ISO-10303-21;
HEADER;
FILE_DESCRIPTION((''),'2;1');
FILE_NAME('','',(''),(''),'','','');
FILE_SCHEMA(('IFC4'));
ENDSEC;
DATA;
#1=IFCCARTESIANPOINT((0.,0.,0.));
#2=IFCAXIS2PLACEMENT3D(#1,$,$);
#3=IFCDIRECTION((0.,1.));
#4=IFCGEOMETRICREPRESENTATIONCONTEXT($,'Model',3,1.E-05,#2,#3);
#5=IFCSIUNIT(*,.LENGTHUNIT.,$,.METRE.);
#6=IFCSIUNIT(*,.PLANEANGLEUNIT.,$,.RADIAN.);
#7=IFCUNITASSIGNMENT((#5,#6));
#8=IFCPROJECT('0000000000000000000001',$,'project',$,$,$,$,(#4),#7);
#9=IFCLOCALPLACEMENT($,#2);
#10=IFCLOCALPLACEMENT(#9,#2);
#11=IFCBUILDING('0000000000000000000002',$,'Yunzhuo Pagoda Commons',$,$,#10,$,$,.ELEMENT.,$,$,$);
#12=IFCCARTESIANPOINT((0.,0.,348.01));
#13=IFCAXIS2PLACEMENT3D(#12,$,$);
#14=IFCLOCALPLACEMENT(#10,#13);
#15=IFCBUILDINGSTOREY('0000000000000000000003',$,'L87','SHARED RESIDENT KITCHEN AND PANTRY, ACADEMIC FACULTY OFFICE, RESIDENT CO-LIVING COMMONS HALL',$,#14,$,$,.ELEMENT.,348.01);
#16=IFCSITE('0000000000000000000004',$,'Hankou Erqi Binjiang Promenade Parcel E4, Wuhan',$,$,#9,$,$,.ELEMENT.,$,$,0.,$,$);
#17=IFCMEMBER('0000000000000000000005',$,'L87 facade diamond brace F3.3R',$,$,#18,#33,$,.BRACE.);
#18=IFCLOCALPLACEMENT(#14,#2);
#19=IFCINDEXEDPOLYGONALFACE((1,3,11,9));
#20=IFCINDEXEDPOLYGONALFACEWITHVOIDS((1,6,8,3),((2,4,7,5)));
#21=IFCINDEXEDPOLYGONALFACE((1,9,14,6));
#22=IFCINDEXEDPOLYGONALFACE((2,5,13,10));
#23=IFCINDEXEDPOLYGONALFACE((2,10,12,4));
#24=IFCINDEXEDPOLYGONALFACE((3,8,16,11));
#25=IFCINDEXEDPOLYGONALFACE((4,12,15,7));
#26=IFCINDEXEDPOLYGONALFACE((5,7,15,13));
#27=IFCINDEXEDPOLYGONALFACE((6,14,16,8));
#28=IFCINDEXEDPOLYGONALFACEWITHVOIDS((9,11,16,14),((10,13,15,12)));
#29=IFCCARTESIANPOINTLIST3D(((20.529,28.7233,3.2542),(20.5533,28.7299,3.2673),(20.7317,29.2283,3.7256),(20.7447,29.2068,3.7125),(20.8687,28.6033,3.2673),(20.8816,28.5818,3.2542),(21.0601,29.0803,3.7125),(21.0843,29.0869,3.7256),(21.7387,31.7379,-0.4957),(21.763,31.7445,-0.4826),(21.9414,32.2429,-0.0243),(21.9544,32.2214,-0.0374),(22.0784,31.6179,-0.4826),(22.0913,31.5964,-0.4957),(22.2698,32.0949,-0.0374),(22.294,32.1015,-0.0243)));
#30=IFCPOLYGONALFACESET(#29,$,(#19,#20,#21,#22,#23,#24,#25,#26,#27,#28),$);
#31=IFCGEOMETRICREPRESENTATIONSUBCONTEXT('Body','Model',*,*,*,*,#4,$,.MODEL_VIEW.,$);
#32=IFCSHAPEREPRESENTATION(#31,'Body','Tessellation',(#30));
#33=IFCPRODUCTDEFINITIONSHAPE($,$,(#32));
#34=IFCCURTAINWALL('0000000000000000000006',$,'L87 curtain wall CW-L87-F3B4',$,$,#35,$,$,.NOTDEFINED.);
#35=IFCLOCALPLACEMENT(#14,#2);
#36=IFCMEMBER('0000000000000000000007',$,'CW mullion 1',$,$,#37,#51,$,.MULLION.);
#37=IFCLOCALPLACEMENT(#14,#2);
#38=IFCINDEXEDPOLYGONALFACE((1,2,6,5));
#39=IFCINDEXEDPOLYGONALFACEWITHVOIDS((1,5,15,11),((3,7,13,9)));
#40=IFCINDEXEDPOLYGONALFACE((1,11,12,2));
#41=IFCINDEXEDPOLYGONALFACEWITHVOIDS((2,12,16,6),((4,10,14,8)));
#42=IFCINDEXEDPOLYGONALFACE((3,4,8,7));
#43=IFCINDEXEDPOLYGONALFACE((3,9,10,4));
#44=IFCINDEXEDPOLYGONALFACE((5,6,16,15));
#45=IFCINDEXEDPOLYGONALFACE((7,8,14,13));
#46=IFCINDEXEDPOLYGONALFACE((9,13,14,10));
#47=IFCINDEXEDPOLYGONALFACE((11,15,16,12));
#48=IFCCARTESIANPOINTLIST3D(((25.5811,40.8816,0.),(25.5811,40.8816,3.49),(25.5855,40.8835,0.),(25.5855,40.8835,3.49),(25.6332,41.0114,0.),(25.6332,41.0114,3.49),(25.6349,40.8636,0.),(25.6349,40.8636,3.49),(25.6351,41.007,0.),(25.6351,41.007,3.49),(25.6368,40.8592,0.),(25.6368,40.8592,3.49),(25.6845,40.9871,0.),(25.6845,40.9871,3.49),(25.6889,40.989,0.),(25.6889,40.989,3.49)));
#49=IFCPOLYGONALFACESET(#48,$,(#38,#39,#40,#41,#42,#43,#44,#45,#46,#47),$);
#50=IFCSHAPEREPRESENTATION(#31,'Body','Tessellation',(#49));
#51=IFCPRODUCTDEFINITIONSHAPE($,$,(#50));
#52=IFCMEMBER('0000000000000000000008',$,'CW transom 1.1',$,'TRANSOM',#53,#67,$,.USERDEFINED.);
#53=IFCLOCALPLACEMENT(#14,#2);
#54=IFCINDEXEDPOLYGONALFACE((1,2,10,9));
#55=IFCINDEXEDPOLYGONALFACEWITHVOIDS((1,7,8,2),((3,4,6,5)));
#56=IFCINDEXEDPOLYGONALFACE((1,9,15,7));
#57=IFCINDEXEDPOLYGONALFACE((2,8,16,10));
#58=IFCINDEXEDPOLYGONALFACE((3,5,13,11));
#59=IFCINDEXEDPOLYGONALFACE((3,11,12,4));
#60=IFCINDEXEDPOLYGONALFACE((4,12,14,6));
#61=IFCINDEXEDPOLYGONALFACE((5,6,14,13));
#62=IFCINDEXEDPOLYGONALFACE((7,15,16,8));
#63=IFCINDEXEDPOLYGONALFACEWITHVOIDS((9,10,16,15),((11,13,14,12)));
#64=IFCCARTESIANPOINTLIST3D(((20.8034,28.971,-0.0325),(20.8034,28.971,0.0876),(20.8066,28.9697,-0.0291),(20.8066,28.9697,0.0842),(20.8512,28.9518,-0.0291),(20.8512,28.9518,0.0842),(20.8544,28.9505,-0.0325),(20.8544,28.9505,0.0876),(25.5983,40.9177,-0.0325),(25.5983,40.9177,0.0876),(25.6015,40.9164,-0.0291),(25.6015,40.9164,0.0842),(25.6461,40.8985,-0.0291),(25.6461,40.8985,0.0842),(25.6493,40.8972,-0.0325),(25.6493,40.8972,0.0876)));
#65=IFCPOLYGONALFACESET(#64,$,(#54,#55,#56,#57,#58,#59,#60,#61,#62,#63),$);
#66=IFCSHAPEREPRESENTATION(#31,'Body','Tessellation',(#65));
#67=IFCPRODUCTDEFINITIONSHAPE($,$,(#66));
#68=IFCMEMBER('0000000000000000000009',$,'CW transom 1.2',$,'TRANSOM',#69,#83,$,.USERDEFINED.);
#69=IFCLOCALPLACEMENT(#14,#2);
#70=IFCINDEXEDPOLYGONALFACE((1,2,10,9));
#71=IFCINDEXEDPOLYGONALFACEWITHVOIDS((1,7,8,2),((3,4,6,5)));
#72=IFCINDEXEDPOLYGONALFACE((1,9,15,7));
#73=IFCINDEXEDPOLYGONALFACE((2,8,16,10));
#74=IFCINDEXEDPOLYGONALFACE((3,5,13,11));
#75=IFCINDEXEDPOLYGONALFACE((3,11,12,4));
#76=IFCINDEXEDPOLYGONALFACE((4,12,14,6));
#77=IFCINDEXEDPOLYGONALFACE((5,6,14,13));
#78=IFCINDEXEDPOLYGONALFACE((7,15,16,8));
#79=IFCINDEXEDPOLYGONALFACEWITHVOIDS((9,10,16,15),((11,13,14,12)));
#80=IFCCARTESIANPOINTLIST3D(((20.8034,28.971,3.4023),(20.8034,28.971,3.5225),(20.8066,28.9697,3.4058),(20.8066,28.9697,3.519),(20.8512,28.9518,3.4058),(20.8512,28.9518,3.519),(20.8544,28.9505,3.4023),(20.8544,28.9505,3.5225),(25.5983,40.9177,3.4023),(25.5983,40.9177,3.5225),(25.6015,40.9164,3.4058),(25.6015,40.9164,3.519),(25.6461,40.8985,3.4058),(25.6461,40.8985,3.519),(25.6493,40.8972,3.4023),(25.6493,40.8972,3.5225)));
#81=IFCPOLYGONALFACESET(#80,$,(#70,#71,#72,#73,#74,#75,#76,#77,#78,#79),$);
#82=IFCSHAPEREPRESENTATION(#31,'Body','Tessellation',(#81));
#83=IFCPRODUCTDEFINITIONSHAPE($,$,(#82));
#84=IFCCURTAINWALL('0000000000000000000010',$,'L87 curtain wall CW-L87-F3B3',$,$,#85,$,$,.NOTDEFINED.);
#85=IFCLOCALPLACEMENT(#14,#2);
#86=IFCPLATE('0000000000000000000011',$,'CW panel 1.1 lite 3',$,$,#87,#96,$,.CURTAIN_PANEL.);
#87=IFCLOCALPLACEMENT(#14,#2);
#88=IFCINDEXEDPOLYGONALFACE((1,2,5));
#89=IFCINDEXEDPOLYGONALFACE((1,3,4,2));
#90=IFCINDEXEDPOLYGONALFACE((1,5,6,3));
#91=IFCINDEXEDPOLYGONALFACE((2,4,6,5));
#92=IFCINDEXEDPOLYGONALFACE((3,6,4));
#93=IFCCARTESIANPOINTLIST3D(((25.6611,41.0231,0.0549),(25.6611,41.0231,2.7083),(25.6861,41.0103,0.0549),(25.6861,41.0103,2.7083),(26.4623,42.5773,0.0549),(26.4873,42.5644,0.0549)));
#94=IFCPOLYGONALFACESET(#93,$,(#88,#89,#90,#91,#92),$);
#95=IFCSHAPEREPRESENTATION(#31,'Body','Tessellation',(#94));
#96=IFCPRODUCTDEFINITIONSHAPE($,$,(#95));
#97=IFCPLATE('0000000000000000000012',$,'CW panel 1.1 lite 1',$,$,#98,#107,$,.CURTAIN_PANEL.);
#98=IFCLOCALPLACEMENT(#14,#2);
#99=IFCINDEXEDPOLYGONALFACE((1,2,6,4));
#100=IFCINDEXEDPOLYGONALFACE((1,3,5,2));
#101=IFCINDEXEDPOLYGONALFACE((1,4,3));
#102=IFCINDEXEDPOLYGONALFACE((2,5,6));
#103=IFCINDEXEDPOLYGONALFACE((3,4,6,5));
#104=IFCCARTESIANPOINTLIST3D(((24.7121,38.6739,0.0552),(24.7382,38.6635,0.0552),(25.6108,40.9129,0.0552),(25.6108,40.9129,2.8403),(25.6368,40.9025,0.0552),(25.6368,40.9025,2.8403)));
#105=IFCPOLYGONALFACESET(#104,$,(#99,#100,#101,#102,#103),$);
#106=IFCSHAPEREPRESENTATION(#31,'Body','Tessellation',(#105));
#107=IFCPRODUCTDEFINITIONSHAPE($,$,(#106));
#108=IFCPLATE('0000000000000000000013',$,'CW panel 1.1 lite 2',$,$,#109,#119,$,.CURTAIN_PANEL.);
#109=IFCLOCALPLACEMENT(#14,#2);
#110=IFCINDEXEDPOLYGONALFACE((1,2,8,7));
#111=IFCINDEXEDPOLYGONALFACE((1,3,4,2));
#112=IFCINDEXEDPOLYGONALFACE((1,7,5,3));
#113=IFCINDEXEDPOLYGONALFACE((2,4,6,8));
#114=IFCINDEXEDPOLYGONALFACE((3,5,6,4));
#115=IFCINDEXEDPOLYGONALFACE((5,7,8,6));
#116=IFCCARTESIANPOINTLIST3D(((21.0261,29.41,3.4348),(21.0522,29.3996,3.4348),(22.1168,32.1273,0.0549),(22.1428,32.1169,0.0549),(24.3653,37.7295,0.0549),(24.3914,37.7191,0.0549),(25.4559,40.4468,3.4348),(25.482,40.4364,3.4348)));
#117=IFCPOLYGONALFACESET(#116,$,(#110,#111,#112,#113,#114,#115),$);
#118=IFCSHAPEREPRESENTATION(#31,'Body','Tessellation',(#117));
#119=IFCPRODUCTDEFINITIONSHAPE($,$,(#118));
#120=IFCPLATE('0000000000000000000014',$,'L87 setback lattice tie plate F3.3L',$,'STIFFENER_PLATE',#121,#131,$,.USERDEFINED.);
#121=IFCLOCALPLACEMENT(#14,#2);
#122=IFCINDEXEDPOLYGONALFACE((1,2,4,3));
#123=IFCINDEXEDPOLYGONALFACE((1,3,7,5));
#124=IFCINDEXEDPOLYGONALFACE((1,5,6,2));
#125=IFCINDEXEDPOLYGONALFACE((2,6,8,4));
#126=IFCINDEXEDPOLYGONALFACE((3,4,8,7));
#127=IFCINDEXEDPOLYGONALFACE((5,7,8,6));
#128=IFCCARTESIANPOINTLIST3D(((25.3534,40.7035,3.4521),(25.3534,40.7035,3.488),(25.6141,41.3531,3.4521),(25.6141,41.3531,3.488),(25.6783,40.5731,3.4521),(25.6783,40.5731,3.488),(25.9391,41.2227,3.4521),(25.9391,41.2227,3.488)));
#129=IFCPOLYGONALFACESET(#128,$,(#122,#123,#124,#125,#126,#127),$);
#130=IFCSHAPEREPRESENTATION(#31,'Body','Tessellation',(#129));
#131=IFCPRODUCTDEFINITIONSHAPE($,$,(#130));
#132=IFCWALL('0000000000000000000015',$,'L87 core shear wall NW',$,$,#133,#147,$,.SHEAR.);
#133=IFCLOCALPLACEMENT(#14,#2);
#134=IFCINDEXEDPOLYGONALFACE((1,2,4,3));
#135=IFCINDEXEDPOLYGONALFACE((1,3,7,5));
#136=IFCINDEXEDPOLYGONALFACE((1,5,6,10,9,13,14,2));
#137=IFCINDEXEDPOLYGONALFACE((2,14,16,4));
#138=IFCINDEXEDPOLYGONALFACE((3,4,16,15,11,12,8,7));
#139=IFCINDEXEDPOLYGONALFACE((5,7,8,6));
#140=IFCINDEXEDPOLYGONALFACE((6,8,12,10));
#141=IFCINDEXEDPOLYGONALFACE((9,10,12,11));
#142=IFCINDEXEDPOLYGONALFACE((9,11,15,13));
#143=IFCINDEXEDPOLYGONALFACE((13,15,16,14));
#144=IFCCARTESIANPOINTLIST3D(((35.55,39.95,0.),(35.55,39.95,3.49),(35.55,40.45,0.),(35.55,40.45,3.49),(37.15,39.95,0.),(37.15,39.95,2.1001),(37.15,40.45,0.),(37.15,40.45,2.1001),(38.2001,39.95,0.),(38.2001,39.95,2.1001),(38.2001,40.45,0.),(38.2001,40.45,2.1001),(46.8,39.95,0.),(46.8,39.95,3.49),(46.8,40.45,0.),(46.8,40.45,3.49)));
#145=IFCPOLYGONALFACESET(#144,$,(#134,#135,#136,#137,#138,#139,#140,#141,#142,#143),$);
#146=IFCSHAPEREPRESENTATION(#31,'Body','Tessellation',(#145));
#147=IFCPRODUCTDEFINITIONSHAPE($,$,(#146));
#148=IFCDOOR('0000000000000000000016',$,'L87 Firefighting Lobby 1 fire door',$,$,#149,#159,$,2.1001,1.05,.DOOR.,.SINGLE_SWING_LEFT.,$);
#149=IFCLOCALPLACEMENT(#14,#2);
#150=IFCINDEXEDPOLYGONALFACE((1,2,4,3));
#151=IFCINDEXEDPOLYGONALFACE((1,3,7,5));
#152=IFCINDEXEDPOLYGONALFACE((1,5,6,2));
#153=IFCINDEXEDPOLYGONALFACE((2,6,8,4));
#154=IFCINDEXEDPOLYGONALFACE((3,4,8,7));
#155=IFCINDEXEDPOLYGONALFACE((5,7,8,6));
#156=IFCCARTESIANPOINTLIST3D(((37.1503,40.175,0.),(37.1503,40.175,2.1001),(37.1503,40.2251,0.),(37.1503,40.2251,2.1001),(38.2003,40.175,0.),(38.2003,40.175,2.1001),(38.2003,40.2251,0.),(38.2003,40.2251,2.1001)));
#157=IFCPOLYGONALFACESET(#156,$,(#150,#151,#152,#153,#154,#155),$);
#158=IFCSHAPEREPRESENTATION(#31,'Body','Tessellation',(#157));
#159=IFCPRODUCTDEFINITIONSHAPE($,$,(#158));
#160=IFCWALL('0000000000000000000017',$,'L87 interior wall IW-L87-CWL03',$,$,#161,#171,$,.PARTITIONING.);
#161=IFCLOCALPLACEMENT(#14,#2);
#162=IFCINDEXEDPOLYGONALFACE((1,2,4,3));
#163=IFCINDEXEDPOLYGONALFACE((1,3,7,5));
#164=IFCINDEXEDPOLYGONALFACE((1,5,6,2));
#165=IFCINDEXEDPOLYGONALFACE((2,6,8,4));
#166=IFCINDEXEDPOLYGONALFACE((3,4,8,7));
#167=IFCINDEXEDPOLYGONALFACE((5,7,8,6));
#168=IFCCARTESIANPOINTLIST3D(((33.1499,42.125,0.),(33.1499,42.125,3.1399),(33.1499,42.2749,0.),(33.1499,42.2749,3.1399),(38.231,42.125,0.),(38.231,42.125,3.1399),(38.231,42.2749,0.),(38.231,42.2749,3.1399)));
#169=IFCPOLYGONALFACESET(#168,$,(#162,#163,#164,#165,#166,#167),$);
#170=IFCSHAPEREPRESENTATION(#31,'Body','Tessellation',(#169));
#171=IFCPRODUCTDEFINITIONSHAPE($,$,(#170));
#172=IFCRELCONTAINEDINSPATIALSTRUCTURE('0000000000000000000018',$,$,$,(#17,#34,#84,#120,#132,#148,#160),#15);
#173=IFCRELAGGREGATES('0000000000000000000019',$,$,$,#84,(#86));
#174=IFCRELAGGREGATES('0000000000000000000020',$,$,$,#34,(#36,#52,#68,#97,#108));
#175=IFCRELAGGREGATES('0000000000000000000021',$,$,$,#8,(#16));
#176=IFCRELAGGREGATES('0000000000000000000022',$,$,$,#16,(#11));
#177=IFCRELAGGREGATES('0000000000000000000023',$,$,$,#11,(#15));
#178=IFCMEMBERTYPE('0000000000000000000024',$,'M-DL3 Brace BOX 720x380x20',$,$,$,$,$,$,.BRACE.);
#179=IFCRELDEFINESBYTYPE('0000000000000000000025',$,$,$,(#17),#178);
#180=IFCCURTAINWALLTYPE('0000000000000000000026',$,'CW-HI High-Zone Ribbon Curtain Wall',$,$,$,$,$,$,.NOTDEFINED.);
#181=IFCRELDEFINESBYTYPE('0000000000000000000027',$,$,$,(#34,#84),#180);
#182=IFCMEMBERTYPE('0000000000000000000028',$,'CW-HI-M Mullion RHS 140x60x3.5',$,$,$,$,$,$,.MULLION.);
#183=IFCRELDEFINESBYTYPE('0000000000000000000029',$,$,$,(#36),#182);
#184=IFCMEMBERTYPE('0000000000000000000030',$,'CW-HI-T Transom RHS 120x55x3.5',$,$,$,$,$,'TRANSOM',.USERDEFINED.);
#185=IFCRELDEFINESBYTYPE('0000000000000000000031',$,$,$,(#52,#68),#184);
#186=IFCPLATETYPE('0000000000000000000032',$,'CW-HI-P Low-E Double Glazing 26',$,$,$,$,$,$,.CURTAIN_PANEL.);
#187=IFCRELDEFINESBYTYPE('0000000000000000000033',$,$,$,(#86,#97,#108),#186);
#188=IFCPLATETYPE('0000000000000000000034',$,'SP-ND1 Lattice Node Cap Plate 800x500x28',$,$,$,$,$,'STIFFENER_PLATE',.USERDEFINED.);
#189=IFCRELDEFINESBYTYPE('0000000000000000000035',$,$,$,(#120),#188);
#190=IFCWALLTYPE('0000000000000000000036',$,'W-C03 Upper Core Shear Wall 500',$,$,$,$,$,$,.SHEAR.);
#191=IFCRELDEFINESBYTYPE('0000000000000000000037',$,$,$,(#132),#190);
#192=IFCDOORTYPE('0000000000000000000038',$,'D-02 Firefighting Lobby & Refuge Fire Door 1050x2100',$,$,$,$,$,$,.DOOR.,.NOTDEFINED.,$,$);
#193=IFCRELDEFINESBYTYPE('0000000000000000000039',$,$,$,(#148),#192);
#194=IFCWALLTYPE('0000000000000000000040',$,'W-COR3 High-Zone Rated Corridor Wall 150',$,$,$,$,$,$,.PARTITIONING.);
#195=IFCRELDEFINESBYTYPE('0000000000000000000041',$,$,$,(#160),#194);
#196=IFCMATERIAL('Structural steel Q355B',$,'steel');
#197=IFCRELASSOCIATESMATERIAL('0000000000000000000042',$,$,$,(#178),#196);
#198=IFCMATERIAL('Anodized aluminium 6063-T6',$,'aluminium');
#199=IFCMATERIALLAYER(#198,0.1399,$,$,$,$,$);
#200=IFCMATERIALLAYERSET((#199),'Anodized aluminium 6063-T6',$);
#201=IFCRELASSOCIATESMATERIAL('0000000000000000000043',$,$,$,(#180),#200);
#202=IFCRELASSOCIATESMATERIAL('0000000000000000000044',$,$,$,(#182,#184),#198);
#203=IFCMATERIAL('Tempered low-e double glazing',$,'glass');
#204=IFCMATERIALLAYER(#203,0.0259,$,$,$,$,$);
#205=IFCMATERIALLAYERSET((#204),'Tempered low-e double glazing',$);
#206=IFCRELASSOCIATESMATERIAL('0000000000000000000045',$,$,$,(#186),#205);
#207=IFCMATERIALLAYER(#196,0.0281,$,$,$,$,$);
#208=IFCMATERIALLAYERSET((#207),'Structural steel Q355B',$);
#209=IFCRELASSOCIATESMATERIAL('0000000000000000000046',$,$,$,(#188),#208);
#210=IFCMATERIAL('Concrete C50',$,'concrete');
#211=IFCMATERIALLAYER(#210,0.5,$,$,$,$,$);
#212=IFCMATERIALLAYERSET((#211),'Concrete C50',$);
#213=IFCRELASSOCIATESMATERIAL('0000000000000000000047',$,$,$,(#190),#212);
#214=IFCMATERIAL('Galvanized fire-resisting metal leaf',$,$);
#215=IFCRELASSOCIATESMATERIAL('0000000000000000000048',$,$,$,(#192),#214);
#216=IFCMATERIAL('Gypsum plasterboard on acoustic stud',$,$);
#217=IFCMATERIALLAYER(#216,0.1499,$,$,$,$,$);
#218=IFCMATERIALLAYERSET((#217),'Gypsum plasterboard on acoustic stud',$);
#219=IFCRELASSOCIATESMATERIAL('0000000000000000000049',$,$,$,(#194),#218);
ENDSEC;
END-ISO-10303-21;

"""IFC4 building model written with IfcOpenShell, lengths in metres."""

from ifc_helpers import new_model, si_unit, direction, frame, frame_2d, origin, origin_2d, place, context, subcontext, project, spatial, polyline, rectangle, hollow_rectangle, outline, extrude, source, transform, mapped, material, layer, layer_set, material_profile, profile_set, type_object, element, fill, aggregate, save


model = new_model("IFC4")

# Units and contexts
model_context = context("Model", 3, precision=1e-05, world=origin(), true_north=direction((0.0, 1.0)))
body_context = subcontext(model_context, "Body", "Model", "MODEL_VIEW")
ifc_project = project(units=[si_unit("LENGTHUNIT", "METRE"), si_unit("PLANEANGLEUNIT", "RADIAN")], contexts=[model_context])

# Site, building, storey
site_placement = place(None, origin())
site = spatial("IfcSite", under=ifc_project, at=site_placement, Name="Hankou Erqi Binjiang Promenade Parcel E4, Wuhan", CompositionType="ELEMENT", RefElevation=0.0)
building_placement = place(site_placement, origin())
building = spatial("IfcBuilding", under=site, at=building_placement, Name="Yunzhuo Pagoda Commons", CompositionType="ELEMENT")
storey_placement = place(building_placement, frame((0.0, 0.0, 348.01)))
storey = spatial("IfcBuildingStorey", under=building, at=storey_placement, Name="L87", Description="SHARED RESIDENT KITCHEN AND PANTRY, ACADEMIC FACULTY OFFICE, RESIDENT CO-LIVING COMMONS HALL", CompositionType="ELEMENT", Elevation=348.01)

# Shared definitions
ifc_material_1 = material(Name="Structural steel Q355B", Category="steel")

# Member
ifc_material_profile_1 = material_profile(ifc_material_1, hollow_rectangle(XDim=0.3799, YDim=0.72, WallThickness=0.02, at=origin_2d()), Name="Structural steel Q355B")
ifc_profile_set_1 = profile_set([ifc_material_profile_1], Name="Structural steel Q355B")
member_type_1 = type_object("IfcMemberType", Name="M-DL3 Brace BOX 720x380x20", PredefinedType="BRACE", material=ifc_profile_set_1)
shared_shape_1 = source(origin(), body_context, "Body", "SweptSolid", [
    extrude(hollow_rectangle(XDim=0.3799, YDim=0.72, WallThickness=0.02, at=origin_2d()), origin(), (0.0, 0.0, 1.0), 4.9612),
])
member_1_placement = place(storey_placement, frame((22.0164, 31.9197, -0.26), z_axis=(-0.243833, -0.607639, 0.755858), x_axis=(0.928067, -0.372414, 0.0)))
element("IfcMember", 1, at=member_1_placement, inside=storey, type_object=member_type_1, Name="L87 facade diamond brace F3.3R", PredefinedType="BRACE", context=body_context, shape_type="MappedRepresentation", body=[
    mapped(shared_shape_1, transform((0.0, 0.0, 0.0), scale=1.0)),
])

# Curtain wall, members
ifc_material_2 = material(Name="Anodized aluminium 6063-T6", Category="aluminium")
ifc_layer_1 = layer(ifc_material_2, 0.1399)
ifc_layer_set_1 = layer_set([ifc_layer_1], Name="Anodized aluminium 6063-T6")
curtain_wall_type = type_object("IfcCurtainWallType", Name="CW-HI High-Zone Ribbon Curtain Wall", PredefinedType="NOTDEFINED", material=ifc_layer_set_1)
curtain_wall_1_placement = place(storey_placement, origin())
curtain_wall_1 = element("IfcCurtainWall", 2, at=curtain_wall_1_placement, inside=storey, type_object=curtain_wall_type, Name="L87 curtain wall CW-L87-F3B4", PredefinedType="NOTDEFINED")
ifc_material_profile_2 = material_profile(ifc_material_2, hollow_rectangle(XDim=0.0601, YDim=0.1399, WallThickness=0.0034, at=origin_2d()), Name="Anodized aluminium 6063-T6")
ifc_profile_set_2 = profile_set([ifc_material_profile_2], Name="Anodized aluminium 6063-T6")
member_type_2 = type_object("IfcMemberType", Name="CW-HI-M Mullion RHS 140x60x3.5", PredefinedType="MULLION", material=ifc_profile_set_2)
shared_shape_2 = source(origin(), body_context, "Body", "SweptSolid", [
    extrude(hollow_rectangle(XDim=0.0601, YDim=0.1399, WallThickness=0.0034, at=origin_2d()), origin(), (0.0, 0.0, 1.0), 3.49),
])
member_2_placement = place(storey_placement, frame((25.635, 40.9353, 0.0), z_axis=(0.0, 0.0, 1.0), x_axis=(0.928039, -0.372483, 0.0)))
member_2 = element("IfcMember", 3, at=member_2_placement, type_object=member_type_2, Name="CW mullion 1", PredefinedType="MULLION", context=body_context, shape_type="MappedRepresentation", body=[
    mapped(shared_shape_2, transform((0.0, 0.0, 0.0), scale=1.0)),
])
ifc_material_profile_3 = material_profile(ifc_material_2, hollow_rectangle(XDim=0.0549, YDim=0.1201, WallThickness=0.0034, at=origin_2d()), Name="Anodized aluminium 6063-T6")
ifc_profile_set_3 = profile_set([ifc_material_profile_3], Name="Anodized aluminium 6063-T6")
member_type_3 = type_object("IfcMemberType", Name="CW-HI-T Transom RHS 120x55x3.5", ElementType="TRANSOM", PredefinedType="USERDEFINED", material=ifc_profile_set_3)
shared_shape_3 = source(origin(), body_context, "Body", "SweptSolid", [
    extrude(hollow_rectangle(XDim=0.0549, YDim=0.1201, WallThickness=0.0034, at=origin_2d()), origin(), (0.0, 0.0, 1.0), 12.873),
])
member_3_placement = place(storey_placement, frame((25.6238, 40.9075, 0.0276), z_axis=(-0.372476, -0.928042, 0.0), x_axis=(0.928042, -0.372476, 0.0)))
member_3 = element("IfcMember", 4, at=member_3_placement, type_object=member_type_3, Name="CW transom 1.1", ObjectType="TRANSOM", PredefinedType="USERDEFINED", context=body_context, shape_type="MappedRepresentation", body=[
    mapped(shared_shape_3, transform((0.0, 0.0, 0.0), scale=1.0)),
])
member_4_placement = place(storey_placement, frame((25.6238, 40.9075, 3.4624), z_axis=(-0.372476, -0.928042, 0.0), x_axis=(0.928042, -0.372476, 0.0)))
member_4 = element("IfcMember", 5, at=member_4_placement, type_object=member_type_3, Name="CW transom 1.2", ObjectType="TRANSOM", PredefinedType="USERDEFINED", context=body_context, shape_type="MappedRepresentation", body=[
    mapped(shared_shape_3, transform((0.0, 0.0, 0.0), scale=1.0)),
])

# Curtain wall, plate
curtain_wall_2_placement = place(storey_placement, origin())
curtain_wall_2 = element("IfcCurtainWall", 6, at=curtain_wall_2_placement, inside=storey, type_object=curtain_wall_type, Name="L87 curtain wall CW-L87-F3B3", PredefinedType="NOTDEFINED")
ifc_material_3 = material(Name="Tempered low-e double glazing", Category="glass")
ifc_layer_2 = layer(ifc_material_3, 0.0259)
ifc_layer_set_2 = layer_set([ifc_layer_2], Name="Tempered low-e double glazing")
plate_type_1 = type_object("IfcPlateType", Name="CW-HI-P Low-E Double Glazing 26", PredefinedType="CURTAIN_PANEL", material=ifc_layer_set_2)
plate_1_placement = place(storey_placement, frame((26.0867, 41.7874, 1.3816), z_axis=(-0.888846, 0.458207, 0.0), x_axis=(-0.458207, -0.888846, 0.0)))
plate_1 = element("IfcPlate", 7, at=plate_1_placement, type_object=plate_type_1, Name="CW panel 1.1 lite 3", PredefinedType="CURTAIN_PANEL", context=body_context, shape_type="SweptSolid", body=[
    extrude(outline(polyline([(-0.8743, -1.3267), (0.8743, -1.3267), (0.8743, 1.3267), (-0.8743, -1.3267)])), origin(), (0.0, 0.0, 1.0), 0.0281),
])
aggregate(curtain_wall_2, [plate_1])

# Plates
plate_2_placement = place(storey_placement, frame((25.1875, 39.783, 1.4478), z_axis=(-0.928039, 0.372483, 0.0), x_axis=(-0.372483, -0.928039, 0.0)))
plate_2 = element("IfcPlate", 8, at=plate_2_placement, type_object=plate_type_1, Name="CW panel 1.1 lite 1", PredefinedType="CURTAIN_PANEL", context=body_context, shape_type="SweptSolid", body=[
    extrude(outline(polyline([(-1.2063, -1.3926), (1.2063, -1.3926), (-1.2063, 1.3926), (-1.2063, -1.3926)])), origin(), (0.0, 0.0, 1.0), 0.0281),
])
plate_3_placement = place(storey_placement, frame((23.2671, 34.918, 1.7449), z_axis=(-0.928039, 0.372483, 0.0), x_axis=(-0.372483, -0.928039, 0.0)))
plate_3 = element("IfcPlate", 9, at=plate_3_placement, type_object=plate_type_1, Name="CW panel 1.1 lite 2", PredefinedType="CURTAIN_PANEL", context=body_context, shape_type="SweptSolid", body=[
    extrude(outline(polyline([(-5.9463, 1.6899), (-3.0183, -1.6899), (3.0183, -1.6899), (5.9463, 1.6899), (-5.9463, 1.6899)])), origin(), (0.0, 0.0, 1.0), 0.0281),
])
aggregate(curtain_wall_1, [member_2, member_3, member_4, plate_2, plate_3])
ifc_layer_3 = layer(ifc_material_1, 0.0281)
ifc_layer_set_3 = layer_set([ifc_layer_3], Name="Structural steel Q355B")
plate_type_2 = type_object("IfcPlateType", Name="SP-ND1 Lattice Node Cap Plate 800x500x28", ElementType="STIFFENER_PLATE", PredefinedType="USERDEFINED", material=ifc_layer_set_3)
shared_shape_4 = source(origin(), body_context, "Body", "SweptSolid", [
    extrude(rectangle(XDim=0.7, YDim=0.3501, at=origin_2d()), origin(), (0.0, 0.0, 1.0), 0.0359),
])
plate_4_placement = place(storey_placement, frame((25.6462, 40.9631, 3.4521), z_axis=(0.0, 0.0, 1.0), x_axis=(-0.372486, -0.928038, 0.0)))
element("IfcPlate", 10, at=plate_4_placement, inside=storey, type_object=plate_type_2, Name="L87 setback lattice tie plate F3.3L", ObjectType="STIFFENER_PLATE", PredefinedType="USERDEFINED", context=body_context, shape_type="MappedRepresentation", body=[
    mapped(shared_shape_4, transform((0.0, 0.0, 0.0), scale=1.0)),
])

# Wall, opening, door
ifc_material_4 = material(Name="Concrete C50", Category="concrete")
ifc_layer_4 = layer(ifc_material_4, 0.5)
ifc_layer_set_4 = layer_set([ifc_layer_4], Name="Concrete C50")
wall_type_1 = type_object("IfcWallType", Name="W-C03 Upper Core Shear Wall 500", PredefinedType="SHEAR", material=ifc_layer_set_4)
wall_1_placement = place(storey_placement, frame((35.55, 40.2, 0.0), z_axis=(0.0, 0.0, 1.0), x_axis=(1.0, 0.0, 0.0)))
wall_1 = element("IfcWall", 11, at=wall_1_placement, inside=storey, type_object=wall_type_1, Name="L87 core shear wall NW", PredefinedType="SHEAR", context=body_context, shape_type="SweptSolid", body=[
    extrude(rectangle(XDim=11.25, YDim=0.5, at=frame_2d((5.625, 0.0))), origin(), (0.0, 0.0, 1.0), 3.49),
])
opening_placement = place(wall_1_placement, frame((1.6001, 0.0, 0.0)))
opening = element("IfcOpeningElement", 12, at=opening_placement, cuts=wall_1, PredefinedType="OPENING", context=body_context, shape_type="SweptSolid", body=[
    extrude(rectangle(XDim=1.05, YDim=2.1001, at=frame_2d((0.5249, 1.05))), frame((0.0, 0.26, 0.0), z_axis=(0.0, -1.0, 0.0), x_axis=(1.0, 0.0, 0.0)), (0.0, 0.0, 1.0), 0.52),
])
ifc_material_5 = material(Name="Galvanized fire-resisting metal leaf")
door_type = type_object("IfcDoorType", Name="D-02 Firefighting Lobby & Refuge Fire Door 1050x2100", OperationType="NOTDEFINED", PredefinedType="DOOR", material=ifc_material_5)
shared_shape_5 = source(origin(), body_context, "Body", "SweptSolid", [
    extrude(rectangle(XDim=1.05, YDim=2.1001, at=frame_2d((0.5249, 1.05))), frame((0.0, 0.0249, 0.0), z_axis=(0.0, -1.0, 0.0), x_axis=(1.0, 0.0, 0.0)), (0.0, 0.0, 1.0), 0.05),
])
door_placement = place(opening_placement, frame((1.05, 0.0, 0.0), z_axis=(0.0, 0.0, 1.0), x_axis=(-1.0, 0.0, 0.0)))
door = element("IfcDoor", 13, at=door_placement, inside=storey, type_object=door_type, Name="L87 Firefighting Lobby 1 fire door", OperationType="SINGLE_SWING_LEFT", OverallHeight=2.1001, OverallWidth=1.05, PredefinedType="DOOR", context=body_context, shape_type="MappedRepresentation", body=[
    mapped(shared_shape_5, transform((0.0, 0.0, 0.0), scale=1.0)),
])
fill(opening, door)

# Wall
ifc_material_6 = material(Name="Gypsum plasterboard on acoustic stud")
ifc_layer_5 = layer(ifc_material_6, 0.1499)
ifc_layer_set_5 = layer_set([ifc_layer_5], Name="Gypsum plasterboard on acoustic stud")
wall_type_2 = type_object("IfcWallType", Name="W-COR3 High-Zone Rated Corridor Wall 150", PredefinedType="PARTITIONING", material=ifc_layer_set_5)
wall_2_placement = place(storey_placement, frame((33.1499, 42.2, 0.0), z_axis=(0.0, 0.0, 1.0), x_axis=(1.0, 0.0, 0.0)))
element("IfcWall", 14, at=wall_2_placement, inside=storey, type_object=wall_type_2, Name="L87 interior wall IW-L87-CWL03", PredefinedType="PARTITIONING", context=body_context, shape_type="SweptSolid", body=[
    extrude(rectangle(XDim=5.0811, YDim=0.1499, at=frame_2d((2.5405, 0.0))), origin(), (0.0, 0.0, 1.0), 3.1399),
])

save(model, "model.ifc")
